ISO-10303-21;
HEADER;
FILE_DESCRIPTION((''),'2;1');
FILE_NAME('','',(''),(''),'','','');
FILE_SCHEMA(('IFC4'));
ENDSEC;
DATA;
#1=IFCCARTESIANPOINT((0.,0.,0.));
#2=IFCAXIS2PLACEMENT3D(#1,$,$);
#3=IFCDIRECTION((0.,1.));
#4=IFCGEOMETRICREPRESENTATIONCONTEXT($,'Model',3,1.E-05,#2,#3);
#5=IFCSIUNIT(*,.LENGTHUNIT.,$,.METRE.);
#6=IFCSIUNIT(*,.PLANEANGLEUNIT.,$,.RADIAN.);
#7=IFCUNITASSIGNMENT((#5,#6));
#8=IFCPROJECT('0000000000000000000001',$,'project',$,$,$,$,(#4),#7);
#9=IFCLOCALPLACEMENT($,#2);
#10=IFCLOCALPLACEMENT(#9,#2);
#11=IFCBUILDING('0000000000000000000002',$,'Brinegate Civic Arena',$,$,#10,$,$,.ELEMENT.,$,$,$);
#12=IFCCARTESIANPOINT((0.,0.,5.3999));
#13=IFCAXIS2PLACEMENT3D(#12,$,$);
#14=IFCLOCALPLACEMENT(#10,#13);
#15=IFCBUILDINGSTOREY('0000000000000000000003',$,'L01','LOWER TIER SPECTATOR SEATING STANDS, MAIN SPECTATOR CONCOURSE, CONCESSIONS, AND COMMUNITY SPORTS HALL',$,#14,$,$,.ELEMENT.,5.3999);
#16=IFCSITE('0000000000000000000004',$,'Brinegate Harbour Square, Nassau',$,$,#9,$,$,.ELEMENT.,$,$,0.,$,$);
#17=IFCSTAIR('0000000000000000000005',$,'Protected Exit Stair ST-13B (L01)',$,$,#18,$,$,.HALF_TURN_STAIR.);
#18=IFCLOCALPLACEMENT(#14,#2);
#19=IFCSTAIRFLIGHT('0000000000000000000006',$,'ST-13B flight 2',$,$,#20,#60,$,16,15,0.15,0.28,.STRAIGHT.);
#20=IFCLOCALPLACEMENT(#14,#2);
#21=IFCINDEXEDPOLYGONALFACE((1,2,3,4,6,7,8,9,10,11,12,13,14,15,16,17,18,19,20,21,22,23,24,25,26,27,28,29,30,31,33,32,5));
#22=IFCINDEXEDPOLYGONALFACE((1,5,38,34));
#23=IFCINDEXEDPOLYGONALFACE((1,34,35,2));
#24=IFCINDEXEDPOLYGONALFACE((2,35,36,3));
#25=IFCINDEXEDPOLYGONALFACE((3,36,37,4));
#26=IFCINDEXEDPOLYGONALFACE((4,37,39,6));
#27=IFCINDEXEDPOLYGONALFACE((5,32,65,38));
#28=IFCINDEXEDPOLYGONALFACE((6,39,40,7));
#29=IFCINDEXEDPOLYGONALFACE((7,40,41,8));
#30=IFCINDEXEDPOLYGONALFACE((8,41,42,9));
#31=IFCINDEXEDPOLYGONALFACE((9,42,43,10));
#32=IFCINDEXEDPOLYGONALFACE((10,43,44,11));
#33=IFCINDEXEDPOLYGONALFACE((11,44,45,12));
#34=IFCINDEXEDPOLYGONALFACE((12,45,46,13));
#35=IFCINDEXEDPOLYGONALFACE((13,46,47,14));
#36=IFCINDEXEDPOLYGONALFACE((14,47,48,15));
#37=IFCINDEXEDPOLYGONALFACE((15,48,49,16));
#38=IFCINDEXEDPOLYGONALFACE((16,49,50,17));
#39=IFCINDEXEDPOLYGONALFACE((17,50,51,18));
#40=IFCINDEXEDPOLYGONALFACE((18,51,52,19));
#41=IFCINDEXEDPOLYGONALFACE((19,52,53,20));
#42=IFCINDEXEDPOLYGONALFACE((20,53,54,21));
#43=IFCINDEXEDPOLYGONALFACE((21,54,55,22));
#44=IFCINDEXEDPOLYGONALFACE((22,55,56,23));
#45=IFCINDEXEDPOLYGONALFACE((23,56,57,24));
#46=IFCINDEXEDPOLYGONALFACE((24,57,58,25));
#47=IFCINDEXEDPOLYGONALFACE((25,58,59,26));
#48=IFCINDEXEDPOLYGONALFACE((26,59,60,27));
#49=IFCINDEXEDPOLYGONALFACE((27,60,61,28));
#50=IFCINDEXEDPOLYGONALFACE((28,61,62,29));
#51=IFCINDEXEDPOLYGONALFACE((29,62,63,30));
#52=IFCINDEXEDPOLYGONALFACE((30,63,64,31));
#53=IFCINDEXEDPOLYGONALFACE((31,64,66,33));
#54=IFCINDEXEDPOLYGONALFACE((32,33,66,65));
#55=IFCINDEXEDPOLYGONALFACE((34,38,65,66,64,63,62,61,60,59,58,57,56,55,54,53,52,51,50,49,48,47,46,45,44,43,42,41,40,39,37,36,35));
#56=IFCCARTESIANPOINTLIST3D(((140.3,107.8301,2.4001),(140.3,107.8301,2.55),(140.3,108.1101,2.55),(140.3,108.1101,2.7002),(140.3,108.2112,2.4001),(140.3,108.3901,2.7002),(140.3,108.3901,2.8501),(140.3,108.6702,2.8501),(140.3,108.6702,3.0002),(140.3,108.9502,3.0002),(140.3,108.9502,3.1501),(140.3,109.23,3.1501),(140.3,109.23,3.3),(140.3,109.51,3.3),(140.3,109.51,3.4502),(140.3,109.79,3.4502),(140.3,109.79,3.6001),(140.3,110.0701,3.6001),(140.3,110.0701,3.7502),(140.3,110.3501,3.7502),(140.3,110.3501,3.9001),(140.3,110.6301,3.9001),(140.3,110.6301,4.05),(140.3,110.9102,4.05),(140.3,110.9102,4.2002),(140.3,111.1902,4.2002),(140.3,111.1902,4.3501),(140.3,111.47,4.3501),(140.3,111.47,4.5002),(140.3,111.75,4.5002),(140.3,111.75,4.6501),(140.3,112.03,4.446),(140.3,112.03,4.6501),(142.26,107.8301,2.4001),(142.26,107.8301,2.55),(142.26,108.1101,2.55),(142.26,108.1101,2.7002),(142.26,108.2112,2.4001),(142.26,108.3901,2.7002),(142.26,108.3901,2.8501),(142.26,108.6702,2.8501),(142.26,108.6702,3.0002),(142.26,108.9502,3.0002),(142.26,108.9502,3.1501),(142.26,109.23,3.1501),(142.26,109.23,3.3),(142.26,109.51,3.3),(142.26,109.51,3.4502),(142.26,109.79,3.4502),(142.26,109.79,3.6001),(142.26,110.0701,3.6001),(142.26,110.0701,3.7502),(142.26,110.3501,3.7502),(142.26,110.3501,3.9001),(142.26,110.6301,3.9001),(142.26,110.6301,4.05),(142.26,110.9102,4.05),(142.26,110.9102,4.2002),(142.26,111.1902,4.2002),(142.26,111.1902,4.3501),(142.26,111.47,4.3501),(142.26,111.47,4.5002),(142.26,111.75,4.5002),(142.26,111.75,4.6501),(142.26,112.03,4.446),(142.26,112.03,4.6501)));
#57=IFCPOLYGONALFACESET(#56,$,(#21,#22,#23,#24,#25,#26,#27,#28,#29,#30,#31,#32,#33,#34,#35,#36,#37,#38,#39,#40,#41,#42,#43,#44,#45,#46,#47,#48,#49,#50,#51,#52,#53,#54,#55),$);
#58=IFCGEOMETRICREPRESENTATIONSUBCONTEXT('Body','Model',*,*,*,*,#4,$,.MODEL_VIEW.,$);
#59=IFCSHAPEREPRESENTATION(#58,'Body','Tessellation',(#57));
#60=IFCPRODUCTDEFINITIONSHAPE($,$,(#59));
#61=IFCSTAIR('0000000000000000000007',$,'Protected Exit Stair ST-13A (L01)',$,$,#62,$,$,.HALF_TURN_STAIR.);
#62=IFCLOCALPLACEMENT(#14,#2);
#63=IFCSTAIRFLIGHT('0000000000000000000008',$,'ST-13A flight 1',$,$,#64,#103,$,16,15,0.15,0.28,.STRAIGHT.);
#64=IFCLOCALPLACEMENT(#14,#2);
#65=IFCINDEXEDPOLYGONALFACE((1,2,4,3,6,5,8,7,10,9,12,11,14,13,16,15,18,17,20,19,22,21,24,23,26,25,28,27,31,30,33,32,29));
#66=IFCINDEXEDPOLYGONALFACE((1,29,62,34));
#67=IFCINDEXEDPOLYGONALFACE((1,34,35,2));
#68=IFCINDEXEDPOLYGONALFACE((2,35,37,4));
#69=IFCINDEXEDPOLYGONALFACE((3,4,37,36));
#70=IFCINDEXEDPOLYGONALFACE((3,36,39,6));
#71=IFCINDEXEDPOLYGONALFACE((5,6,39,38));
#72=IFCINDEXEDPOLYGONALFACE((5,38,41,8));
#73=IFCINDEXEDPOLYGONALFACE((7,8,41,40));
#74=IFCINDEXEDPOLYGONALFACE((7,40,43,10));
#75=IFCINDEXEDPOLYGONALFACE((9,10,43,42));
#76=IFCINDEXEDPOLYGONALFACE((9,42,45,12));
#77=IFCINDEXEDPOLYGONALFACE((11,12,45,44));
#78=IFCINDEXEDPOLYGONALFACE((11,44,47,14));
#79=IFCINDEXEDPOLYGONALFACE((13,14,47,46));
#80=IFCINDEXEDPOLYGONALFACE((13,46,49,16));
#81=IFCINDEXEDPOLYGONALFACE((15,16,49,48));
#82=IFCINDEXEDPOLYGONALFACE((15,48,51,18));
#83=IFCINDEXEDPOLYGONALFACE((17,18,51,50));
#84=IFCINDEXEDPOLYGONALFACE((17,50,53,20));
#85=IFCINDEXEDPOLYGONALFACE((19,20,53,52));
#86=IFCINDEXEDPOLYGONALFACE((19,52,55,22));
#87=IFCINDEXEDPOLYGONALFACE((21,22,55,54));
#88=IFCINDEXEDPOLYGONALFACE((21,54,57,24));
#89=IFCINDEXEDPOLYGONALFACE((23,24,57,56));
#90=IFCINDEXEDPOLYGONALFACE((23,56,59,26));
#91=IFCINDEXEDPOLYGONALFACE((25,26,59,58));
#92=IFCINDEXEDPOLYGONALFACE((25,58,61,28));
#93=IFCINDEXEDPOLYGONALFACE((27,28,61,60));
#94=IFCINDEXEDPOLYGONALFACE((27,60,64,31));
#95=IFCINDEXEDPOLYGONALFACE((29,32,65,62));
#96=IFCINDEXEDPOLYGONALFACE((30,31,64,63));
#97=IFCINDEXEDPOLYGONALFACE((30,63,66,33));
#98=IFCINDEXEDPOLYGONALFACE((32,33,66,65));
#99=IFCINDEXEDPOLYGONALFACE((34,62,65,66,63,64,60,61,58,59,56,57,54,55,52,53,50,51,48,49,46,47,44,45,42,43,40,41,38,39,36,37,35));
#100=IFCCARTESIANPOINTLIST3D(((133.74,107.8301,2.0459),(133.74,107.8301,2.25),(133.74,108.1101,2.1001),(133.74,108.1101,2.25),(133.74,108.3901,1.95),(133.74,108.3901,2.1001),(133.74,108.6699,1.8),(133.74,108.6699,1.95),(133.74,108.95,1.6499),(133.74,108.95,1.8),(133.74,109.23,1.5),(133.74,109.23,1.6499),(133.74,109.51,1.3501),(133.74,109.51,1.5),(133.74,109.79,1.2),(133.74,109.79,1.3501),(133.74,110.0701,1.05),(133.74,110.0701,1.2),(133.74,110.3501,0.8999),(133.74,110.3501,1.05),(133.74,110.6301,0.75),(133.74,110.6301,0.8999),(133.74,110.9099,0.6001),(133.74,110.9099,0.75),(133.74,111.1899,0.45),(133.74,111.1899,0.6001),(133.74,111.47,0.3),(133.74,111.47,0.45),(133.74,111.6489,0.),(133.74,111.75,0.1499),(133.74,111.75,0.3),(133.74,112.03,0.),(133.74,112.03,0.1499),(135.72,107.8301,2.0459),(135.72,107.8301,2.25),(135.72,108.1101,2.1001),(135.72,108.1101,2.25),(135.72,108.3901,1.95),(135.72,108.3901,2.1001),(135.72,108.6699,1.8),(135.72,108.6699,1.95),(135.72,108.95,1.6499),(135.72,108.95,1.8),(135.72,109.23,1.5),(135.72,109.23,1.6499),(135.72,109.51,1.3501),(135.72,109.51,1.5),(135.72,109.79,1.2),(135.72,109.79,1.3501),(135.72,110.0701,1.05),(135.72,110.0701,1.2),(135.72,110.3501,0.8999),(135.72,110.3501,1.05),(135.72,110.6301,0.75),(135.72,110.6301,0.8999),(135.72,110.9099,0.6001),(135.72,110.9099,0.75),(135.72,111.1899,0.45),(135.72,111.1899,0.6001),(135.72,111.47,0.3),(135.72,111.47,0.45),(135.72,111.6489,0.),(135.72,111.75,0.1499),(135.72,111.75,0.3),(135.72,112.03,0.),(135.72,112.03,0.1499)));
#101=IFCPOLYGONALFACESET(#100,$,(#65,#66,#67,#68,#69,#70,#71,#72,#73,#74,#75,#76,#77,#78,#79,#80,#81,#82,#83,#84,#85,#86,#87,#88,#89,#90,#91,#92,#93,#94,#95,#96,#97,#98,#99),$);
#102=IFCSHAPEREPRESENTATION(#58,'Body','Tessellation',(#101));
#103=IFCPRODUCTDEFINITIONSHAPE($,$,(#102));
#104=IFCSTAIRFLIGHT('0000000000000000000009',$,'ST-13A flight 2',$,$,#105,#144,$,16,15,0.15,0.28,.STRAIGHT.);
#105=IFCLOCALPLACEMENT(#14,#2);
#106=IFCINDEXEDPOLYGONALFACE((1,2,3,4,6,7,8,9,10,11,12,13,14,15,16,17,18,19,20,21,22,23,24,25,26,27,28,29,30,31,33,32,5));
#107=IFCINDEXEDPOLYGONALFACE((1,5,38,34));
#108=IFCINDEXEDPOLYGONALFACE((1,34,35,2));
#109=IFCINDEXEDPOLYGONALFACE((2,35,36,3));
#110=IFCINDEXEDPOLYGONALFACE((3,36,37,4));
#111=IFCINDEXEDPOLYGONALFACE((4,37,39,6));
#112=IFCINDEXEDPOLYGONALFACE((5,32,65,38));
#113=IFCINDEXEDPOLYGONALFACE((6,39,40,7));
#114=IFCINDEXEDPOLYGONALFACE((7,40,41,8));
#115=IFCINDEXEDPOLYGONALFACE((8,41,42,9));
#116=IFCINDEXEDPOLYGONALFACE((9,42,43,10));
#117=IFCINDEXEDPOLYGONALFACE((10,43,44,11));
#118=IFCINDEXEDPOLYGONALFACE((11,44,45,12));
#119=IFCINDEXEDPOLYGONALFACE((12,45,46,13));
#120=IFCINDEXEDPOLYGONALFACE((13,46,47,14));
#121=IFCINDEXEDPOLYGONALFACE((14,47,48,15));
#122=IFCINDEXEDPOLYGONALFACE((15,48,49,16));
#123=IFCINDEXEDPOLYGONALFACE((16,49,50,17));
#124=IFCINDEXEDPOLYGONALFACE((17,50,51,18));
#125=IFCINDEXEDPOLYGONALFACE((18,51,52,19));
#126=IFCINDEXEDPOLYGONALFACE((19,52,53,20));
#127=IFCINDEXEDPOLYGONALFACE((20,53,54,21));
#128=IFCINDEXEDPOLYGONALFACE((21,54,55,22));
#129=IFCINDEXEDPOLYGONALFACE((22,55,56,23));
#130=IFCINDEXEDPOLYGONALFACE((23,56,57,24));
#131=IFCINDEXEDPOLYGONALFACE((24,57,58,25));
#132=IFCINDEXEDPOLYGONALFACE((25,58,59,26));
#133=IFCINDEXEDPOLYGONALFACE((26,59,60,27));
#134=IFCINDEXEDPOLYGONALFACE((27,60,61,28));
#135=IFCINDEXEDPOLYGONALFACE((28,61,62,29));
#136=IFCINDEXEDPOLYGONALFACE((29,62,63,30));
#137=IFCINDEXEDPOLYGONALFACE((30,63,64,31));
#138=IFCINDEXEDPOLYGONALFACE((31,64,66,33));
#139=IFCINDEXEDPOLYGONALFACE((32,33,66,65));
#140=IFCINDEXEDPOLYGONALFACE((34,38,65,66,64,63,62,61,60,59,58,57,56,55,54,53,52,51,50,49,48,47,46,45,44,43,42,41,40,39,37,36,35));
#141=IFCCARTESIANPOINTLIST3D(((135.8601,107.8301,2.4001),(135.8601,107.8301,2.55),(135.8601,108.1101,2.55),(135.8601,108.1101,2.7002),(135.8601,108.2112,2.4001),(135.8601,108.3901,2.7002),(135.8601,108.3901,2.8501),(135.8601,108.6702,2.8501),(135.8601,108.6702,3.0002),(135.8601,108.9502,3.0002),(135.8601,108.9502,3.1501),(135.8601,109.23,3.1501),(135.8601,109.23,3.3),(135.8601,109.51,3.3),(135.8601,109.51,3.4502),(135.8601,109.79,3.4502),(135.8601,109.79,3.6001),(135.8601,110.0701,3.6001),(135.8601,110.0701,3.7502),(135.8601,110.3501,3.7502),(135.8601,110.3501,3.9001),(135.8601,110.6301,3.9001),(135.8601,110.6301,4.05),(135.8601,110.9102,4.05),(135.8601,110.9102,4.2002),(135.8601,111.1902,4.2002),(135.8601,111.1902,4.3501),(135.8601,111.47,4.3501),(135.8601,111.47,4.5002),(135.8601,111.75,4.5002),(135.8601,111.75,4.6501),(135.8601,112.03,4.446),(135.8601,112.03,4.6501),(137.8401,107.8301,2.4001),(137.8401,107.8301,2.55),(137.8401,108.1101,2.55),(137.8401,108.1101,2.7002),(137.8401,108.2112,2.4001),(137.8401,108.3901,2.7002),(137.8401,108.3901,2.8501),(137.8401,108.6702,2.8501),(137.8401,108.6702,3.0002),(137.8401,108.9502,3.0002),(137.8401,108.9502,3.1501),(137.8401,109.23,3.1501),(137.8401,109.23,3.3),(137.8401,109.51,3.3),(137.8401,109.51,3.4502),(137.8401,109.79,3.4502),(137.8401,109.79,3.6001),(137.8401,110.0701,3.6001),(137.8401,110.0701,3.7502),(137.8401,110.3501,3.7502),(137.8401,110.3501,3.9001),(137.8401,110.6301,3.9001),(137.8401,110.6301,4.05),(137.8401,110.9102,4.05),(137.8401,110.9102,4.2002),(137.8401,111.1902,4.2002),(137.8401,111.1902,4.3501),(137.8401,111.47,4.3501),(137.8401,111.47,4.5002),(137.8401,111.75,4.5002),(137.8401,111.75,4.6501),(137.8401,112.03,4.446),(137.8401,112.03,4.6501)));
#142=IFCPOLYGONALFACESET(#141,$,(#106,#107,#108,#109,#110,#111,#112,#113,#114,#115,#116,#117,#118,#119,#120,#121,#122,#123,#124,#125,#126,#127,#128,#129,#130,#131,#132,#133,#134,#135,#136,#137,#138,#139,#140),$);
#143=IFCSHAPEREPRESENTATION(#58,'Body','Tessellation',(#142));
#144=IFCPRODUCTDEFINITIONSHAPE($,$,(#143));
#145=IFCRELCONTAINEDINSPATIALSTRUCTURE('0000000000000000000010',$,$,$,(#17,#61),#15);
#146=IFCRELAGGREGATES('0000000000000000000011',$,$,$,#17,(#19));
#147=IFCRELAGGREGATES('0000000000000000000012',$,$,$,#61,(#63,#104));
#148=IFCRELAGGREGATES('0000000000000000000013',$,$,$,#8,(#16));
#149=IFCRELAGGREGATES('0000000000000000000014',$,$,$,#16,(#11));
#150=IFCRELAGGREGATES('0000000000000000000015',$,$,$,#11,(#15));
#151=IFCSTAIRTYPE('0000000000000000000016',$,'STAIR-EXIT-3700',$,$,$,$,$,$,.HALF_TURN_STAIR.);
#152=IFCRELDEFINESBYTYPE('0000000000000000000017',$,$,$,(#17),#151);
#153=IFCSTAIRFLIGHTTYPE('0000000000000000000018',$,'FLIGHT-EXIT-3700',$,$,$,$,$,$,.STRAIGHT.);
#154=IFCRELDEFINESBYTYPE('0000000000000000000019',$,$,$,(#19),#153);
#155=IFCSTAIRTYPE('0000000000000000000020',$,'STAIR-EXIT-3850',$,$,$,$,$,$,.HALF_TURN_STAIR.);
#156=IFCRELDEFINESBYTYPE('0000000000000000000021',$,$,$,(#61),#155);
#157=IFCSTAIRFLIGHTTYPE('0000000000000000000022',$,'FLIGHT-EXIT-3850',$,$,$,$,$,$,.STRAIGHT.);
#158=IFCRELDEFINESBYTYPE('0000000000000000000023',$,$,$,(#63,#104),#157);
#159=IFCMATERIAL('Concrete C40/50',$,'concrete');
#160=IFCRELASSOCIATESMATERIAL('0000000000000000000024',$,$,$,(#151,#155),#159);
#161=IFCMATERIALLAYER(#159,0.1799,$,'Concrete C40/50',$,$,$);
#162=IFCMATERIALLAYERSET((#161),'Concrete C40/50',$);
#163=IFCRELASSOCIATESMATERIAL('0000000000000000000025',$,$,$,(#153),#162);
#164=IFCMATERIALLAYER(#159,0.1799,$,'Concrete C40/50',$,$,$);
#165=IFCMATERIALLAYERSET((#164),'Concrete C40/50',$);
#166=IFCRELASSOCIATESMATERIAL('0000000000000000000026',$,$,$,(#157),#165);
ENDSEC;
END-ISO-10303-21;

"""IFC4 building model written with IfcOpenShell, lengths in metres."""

from ifc_helpers import new_model, si_unit, direction, frame, origin, place, context, subcontext, project, spatial, polyline, outline, extrude, material, layer, layer_set, type_object, element, aggregate, save


model = new_model("IFC4")

# Units and contexts
model_context = context("Model", 3, precision=1e-05, world=origin(), true_north=direction((0.0, 1.0)))
body_context = subcontext(model_context, "Body", "Model", "MODEL_VIEW")
ifc_project = project(units=[si_unit("LENGTHUNIT", "METRE"), si_unit("PLANEANGLEUNIT", "RADIAN")], contexts=[model_context])

# Site, building, storey
site_placement = place(None, origin())
site = spatial("IfcSite", under=ifc_project, at=site_placement, Name="Brinegate Harbour Square, Nassau", CompositionType="ELEMENT", RefElevation=0.0)
building_placement = place(site_placement, origin())
building = spatial("IfcBuilding", under=site, at=building_placement, Name="Brinegate Civic Arena", CompositionType="ELEMENT")
storey_placement = place(building_placement, frame((0.0, 0.0, 5.3999)))
storey = spatial("IfcBuildingStorey", under=building, at=storey_placement, Name="L01", Description="LOWER TIER SPECTATOR SEATING STANDS, MAIN SPECTATOR CONCOURSE, CONCESSIONS, AND COMMUNITY SPORTS HALL", CompositionType="ELEMENT", Elevation=5.3999)

# Stairs, stair flights
ifc_material_1 = material(Name="Concrete C40/50", Category="concrete")
stair_type_1 = type_object("IfcStairType", Name="STAIR-EXIT-3700", PredefinedType="HALF_TURN_STAIR", material=ifc_material_1)
stair_1_placement = place(storey_placement, origin())
stair_1 = element("IfcStair", 1, at=stair_1_placement, inside=storey, type_object=stair_type_1, Name="Protected Exit Stair ST-13B (L01)", PredefinedType="HALF_TURN_STAIR")
ifc_layer_1 = layer(ifc_material_1, 0.1799, Name="Concrete C40/50")
ifc_layer_set_1 = layer_set([ifc_layer_1], Name="Concrete C40/50")
stair_flight_type_1 = type_object("IfcStairFlightType", Name="FLIGHT-EXIT-3700", PredefinedType="STRAIGHT", material=ifc_layer_set_1)
stair_flight_1_placement = place(storey_placement, frame((141.28, 107.8301, 2.4001), z_axis=(0.0, 0.0, 1.0), x_axis=(0.0, 1.0, 0.0)))
stair_flight_1 = element("IfcStairFlight", 2, at=stair_flight_1_placement, type_object=stair_flight_type_1, Name="ST-13B flight 2", NumberOfRisers=16, NumberOfTreads=15, PredefinedType="STRAIGHT", RiserHeight=0.15, TreadLength=0.28, context=body_context, shape_type="SweptSolid", body=[
    extrude(outline(polyline([(0.0, 0.0), (0.0, 0.1499), (0.28, 0.1499), (0.28, 0.3), (0.5601, 0.3), (0.5601, 0.45), (0.8401, 0.45), (0.8401, 0.6001), (1.1201, 0.6001), (1.1201, 0.75), (1.3999, 0.75), (1.3999, 0.8999), (1.6799, 0.8999), (1.6799, 1.05), (1.96, 1.05), (1.96, 1.2), (2.24, 1.2), (2.24, 1.3501), (2.52, 1.3501), (2.52, 1.5), (2.8, 1.5), (2.8, 1.6499), (3.0801, 1.6499), (3.0801, 1.8), (3.3601, 1.8), (3.3601, 1.95), (3.6399, 1.95), (3.6399, 2.1001), (3.9199, 2.1001), (3.9199, 2.25), (4.2, 2.25), (4.2, 2.3999), (4.2, 2.0459), (0.3811, 0.0), (0.0, 0.0)])), frame((0.0, 0.98, 0.0), z_axis=(0.0, -1.0, 0.0), x_axis=(1.0, 0.0, 0.0)), (0.0, 0.0, 1.0), 1.96),
])
aggregate(stair_1, [stair_flight_1])
stair_type_2 = type_object("IfcStairType", Name="STAIR-EXIT-3850", PredefinedType="HALF_TURN_STAIR", material=ifc_material_1)
stair_2_placement = place(storey_placement, origin())
stair_2 = element("IfcStair", 3, at=stair_2_placement, inside=storey, type_object=stair_type_2, Name="Protected Exit Stair ST-13A (L01)", PredefinedType="HALF_TURN_STAIR")
ifc_layer_2 = layer(ifc_material_1, 0.1799, Name="Concrete C40/50")
ifc_layer_set_2 = layer_set([ifc_layer_2], Name="Concrete C40/50")
stair_flight_type_2 = type_object("IfcStairFlightType", Name="FLIGHT-EXIT-3850", PredefinedType="STRAIGHT", material=ifc_layer_set_2)
stair_flight_2_placement = place(storey_placement, frame((134.73, 112.03, 0.0), z_axis=(0.0, 0.0, 1.0), x_axis=(0.0, -1.0, 0.0)))
stair_flight_2 = element("IfcStairFlight", 4, at=stair_flight_2_placement, type_object=stair_flight_type_2, Name="ST-13A flight 1", NumberOfRisers=16, NumberOfTreads=15, PredefinedType="STRAIGHT", RiserHeight=0.15, TreadLength=0.28, context=body_context, shape_type="SweptSolid", body=[
    extrude(outline(polyline([(0.0, 0.0), (0.0, 0.1499), (0.28, 0.1499), (0.28, 0.3), (0.5601, 0.3), (0.5601, 0.45), (0.8401, 0.45), (0.8401, 0.6001), (1.1201, 0.6001), (1.1201, 0.75), (1.3999, 0.75), (1.3999, 0.8999), (1.6799, 0.8999), (1.6799, 1.05), (1.96, 1.05), (1.96, 1.2), (2.24, 1.2), (2.24, 1.3501), (2.52, 1.3501), (2.52, 1.5), (2.8, 1.5), (2.8, 1.6499), (3.0801, 1.6499), (3.0801, 1.8), (3.3601, 1.8), (3.3601, 1.95), (3.6399, 1.95), (3.6399, 2.1001), (3.9199, 2.1001), (3.9199, 2.25), (4.2, 2.25), (4.2, 2.3999), (4.2, 2.0459), (0.3811, 0.0), (0.0, 0.0)])), frame((0.0, 0.99, 0.0), z_axis=(0.0, -1.0, 0.0), x_axis=(1.0, 0.0, 0.0)), (0.0, 0.0, 1.0), 1.98),
])
stair_flight_3_placement = place(storey_placement, frame((136.8501, 107.8301, 2.4001), z_axis=(0.0, 0.0, 1.0), x_axis=(0.0, 1.0, 0.0)))
stair_flight_3 = element("IfcStairFlight", 5, at=stair_flight_3_placement, type_object=stair_flight_type_2, Name="ST-13A flight 2", NumberOfRisers=16, NumberOfTreads=15, PredefinedType="STRAIGHT", RiserHeight=0.15, TreadLength=0.28, context=body_context, shape_type="SweptSolid", body=[
    extrude(outline(polyline([(0.0, 0.0), (0.0, 0.1499), (0.28, 0.1499), (0.28, 0.3), (0.5601, 0.3), (0.5601, 0.45), (0.8401, 0.45), (0.8401, 0.6001), (1.1201, 0.6001), (1.1201, 0.75), (1.3999, 0.75), (1.3999, 0.8999), (1.6799, 0.8999), (1.6799, 1.05), (1.96, 1.05), (1.96, 1.2), (2.24, 1.2), (2.24, 1.3501), (2.52, 1.3501), (2.52, 1.5), (2.8, 1.5), (2.8, 1.6499), (3.0801, 1.6499), (3.0801, 1.8), (3.3601, 1.8), (3.3601, 1.95), (3.6399, 1.95), (3.6399, 2.1001), (3.9199, 2.1001), (3.9199, 2.25), (4.2, 2.25), (4.2, 2.3999), (4.2, 2.0459), (0.3811, 0.0), (0.0, 0.0)])), frame((0.0, 0.99, 0.0), z_axis=(0.0, -1.0, 0.0), x_axis=(1.0, 0.0, 0.0)), (0.0, 0.0, 1.0), 1.98),
])
aggregate(stair_2, [stair_flight_2, stair_flight_3])

save(model, "model.ifc")
